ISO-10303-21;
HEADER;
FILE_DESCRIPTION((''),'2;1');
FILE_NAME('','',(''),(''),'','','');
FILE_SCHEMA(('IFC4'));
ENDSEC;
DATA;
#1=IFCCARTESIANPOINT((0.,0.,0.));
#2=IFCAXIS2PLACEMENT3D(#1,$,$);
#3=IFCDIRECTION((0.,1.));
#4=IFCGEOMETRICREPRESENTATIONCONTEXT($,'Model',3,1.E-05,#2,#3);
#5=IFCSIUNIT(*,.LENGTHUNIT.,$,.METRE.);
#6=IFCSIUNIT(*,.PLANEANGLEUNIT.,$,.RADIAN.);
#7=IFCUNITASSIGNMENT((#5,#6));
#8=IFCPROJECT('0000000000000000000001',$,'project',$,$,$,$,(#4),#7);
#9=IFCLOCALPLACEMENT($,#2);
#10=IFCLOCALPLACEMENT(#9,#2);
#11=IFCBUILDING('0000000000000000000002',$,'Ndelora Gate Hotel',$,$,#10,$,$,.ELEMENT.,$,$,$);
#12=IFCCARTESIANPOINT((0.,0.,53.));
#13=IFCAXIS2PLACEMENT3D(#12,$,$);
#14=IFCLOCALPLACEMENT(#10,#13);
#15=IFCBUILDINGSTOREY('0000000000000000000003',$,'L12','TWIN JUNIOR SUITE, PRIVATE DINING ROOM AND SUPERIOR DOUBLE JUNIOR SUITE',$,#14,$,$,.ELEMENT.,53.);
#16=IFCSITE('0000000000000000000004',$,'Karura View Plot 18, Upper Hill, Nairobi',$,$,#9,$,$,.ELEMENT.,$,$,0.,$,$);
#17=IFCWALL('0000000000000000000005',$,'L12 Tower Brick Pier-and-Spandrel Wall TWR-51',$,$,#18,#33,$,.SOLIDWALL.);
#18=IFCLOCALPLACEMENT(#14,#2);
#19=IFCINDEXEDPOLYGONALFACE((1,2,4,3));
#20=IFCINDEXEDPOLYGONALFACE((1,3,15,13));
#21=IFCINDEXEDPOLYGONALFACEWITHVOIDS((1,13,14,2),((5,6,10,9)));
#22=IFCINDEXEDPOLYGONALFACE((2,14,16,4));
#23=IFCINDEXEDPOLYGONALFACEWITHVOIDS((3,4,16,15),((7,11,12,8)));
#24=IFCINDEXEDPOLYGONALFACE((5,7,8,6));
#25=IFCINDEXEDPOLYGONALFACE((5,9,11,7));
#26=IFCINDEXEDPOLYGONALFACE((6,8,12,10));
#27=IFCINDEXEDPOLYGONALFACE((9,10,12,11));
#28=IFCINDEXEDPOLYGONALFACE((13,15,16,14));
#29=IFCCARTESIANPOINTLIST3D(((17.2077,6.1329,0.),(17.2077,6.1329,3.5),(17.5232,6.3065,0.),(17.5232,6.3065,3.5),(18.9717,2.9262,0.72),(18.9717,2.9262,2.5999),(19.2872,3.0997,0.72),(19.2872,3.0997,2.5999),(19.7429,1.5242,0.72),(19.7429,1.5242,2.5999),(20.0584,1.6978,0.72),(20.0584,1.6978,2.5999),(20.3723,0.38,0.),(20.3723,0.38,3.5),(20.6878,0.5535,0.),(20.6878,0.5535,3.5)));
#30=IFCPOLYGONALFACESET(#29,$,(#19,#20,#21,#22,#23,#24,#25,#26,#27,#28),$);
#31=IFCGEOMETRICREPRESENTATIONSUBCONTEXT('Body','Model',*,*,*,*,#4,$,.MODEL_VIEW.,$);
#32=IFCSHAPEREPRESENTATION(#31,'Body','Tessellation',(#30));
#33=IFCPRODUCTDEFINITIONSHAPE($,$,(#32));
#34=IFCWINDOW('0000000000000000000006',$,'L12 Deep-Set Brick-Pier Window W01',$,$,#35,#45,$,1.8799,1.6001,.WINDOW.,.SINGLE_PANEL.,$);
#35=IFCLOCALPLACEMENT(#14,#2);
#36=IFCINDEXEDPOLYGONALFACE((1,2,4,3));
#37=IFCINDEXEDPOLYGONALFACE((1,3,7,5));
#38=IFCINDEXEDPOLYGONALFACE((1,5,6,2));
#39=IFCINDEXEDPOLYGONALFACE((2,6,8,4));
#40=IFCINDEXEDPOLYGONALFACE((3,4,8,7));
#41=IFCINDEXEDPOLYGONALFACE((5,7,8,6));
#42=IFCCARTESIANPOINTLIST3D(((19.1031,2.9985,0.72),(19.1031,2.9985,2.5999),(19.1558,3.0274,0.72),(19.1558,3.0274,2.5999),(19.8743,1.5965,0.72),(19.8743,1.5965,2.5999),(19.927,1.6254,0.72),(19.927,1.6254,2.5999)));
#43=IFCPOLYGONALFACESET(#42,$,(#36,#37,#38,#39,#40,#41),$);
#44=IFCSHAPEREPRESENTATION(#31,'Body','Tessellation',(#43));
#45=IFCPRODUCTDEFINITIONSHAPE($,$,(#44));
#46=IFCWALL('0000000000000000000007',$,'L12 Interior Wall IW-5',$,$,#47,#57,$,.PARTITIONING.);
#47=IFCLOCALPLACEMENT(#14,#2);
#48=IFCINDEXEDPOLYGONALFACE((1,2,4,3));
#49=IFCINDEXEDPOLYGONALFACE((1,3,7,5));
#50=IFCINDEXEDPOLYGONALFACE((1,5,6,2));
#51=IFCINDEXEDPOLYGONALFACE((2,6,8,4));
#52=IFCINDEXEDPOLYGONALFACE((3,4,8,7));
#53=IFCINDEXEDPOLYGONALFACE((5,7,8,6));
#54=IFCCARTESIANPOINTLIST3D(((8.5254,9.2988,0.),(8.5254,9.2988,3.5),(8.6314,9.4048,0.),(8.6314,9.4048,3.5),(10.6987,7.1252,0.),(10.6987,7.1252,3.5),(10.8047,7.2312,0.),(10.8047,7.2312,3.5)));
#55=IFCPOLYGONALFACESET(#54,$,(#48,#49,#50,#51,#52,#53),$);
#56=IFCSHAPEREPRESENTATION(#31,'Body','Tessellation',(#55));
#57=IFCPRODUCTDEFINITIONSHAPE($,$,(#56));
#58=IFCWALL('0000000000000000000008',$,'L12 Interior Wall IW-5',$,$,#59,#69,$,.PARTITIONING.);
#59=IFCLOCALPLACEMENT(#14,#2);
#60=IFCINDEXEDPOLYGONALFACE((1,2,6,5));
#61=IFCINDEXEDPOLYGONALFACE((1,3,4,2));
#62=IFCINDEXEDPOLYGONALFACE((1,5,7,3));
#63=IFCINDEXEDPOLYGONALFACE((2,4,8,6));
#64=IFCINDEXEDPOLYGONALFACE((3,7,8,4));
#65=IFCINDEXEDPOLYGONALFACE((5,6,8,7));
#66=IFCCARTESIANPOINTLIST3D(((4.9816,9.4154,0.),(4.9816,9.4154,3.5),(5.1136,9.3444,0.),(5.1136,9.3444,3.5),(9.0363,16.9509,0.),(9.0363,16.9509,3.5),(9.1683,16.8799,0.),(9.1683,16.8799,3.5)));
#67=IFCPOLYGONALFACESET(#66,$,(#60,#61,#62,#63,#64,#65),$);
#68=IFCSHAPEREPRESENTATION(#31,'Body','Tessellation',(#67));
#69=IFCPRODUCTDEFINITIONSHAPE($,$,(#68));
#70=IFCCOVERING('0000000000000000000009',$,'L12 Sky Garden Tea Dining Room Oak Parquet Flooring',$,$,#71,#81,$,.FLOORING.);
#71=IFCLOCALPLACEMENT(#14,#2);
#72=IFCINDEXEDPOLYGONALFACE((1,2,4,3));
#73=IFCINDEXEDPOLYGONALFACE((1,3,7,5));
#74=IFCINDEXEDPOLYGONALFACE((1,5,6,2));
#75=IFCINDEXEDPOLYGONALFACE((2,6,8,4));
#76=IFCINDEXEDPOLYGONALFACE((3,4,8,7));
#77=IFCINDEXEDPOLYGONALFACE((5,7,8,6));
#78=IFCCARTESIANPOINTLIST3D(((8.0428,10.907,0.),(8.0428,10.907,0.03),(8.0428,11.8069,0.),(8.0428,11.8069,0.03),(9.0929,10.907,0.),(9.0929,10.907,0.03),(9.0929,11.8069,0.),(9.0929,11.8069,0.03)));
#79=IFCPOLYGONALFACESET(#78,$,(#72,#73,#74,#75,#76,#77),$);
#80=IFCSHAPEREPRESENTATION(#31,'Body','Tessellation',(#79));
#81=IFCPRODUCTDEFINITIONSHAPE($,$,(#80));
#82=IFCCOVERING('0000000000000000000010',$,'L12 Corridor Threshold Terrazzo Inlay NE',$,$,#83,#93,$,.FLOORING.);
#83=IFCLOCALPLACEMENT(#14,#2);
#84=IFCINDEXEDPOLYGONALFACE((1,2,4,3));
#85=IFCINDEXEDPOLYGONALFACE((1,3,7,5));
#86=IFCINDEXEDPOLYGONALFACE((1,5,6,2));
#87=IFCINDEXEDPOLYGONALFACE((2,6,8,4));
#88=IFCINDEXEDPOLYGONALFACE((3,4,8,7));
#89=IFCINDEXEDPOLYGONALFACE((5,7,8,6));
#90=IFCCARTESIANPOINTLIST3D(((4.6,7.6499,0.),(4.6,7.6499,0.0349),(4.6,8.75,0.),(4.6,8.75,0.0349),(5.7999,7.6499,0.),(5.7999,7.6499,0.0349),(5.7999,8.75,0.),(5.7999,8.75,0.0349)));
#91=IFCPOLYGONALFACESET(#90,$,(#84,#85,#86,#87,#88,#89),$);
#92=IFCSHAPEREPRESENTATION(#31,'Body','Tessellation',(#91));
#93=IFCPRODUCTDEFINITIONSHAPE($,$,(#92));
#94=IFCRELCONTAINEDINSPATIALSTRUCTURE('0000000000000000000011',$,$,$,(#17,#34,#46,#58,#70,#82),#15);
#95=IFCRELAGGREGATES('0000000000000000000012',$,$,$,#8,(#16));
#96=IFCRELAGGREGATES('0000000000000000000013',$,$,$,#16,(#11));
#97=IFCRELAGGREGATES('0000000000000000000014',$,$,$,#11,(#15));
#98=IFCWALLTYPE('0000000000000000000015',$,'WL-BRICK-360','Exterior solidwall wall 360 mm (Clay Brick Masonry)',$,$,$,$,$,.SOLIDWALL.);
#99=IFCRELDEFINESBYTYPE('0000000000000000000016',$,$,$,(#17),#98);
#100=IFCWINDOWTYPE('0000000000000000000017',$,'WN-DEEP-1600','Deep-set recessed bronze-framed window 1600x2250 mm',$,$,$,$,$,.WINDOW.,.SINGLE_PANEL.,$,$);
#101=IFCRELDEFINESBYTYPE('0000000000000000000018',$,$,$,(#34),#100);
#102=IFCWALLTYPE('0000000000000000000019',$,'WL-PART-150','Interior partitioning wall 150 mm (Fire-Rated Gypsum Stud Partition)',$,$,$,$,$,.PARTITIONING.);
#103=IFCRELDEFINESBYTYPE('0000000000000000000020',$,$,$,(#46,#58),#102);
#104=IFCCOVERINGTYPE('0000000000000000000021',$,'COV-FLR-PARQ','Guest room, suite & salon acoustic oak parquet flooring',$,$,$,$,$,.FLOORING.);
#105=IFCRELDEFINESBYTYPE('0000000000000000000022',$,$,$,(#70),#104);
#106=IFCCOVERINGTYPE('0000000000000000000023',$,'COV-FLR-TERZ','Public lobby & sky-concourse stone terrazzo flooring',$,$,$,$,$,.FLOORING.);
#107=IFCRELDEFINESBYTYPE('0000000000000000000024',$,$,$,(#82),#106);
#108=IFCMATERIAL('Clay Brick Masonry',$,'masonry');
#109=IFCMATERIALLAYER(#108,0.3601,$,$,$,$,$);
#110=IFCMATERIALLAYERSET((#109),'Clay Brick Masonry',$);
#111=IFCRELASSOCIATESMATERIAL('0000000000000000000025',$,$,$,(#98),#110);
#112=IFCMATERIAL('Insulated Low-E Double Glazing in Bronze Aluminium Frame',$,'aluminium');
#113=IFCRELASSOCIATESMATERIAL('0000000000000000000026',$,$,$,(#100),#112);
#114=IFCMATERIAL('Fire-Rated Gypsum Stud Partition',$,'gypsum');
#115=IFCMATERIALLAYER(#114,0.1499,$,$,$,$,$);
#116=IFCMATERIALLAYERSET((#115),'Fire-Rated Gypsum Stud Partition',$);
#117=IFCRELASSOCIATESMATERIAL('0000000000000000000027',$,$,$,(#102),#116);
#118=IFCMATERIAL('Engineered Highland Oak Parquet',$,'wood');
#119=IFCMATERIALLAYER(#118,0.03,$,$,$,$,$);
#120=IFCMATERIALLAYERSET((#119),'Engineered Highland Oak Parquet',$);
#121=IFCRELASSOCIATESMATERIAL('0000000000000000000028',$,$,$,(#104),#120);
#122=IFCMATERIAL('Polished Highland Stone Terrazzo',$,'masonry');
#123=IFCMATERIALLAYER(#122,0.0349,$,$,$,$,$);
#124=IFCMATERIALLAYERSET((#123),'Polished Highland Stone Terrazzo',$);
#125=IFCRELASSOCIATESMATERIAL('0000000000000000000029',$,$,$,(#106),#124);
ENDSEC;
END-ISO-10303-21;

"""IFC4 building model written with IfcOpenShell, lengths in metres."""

from ifc_helpers import new_model, si_unit, direction, frame, frame_2d, origin, origin_2d, place, context, subcontext, project, spatial, rectangle, extrude, material, layer, layer_set, type_object, element, fill, save


model = new_model("IFC4")

# Units and contexts
model_context = context("Model", 3, precision=1e-05, world=origin(), true_north=direction((0.0, 1.0)))
body_context = subcontext(model_context, "Body", "Model", "MODEL_VIEW")
ifc_project = project(units=[si_unit("LENGTHUNIT", "METRE"), si_unit("PLANEANGLEUNIT", "RADIAN")], contexts=[model_context])

# Site, building, storey
site_placement = place(None, origin())
site = spatial("IfcSite", under=ifc_project, at=site_placement, Name="Karura View Plot 18, Upper Hill, Nairobi", CompositionType="ELEMENT", RefElevation=0.0)
building_placement = place(site_placement, origin())
building = spatial("IfcBuilding", under=site, at=building_placement, Name="Ndelora Gate Hotel", CompositionType="ELEMENT")
storey_placement = place(building_placement, frame((0.0, 0.0, 53.0)))
storey = spatial("IfcBuildingStorey", under=building, at=storey_placement, Name="L12", Description="TWIN JUNIOR SUITE, PRIVATE DINING ROOM AND SUPERIOR DOUBLE JUNIOR SUITE", CompositionType="ELEMENT", Elevation=53.0)

# Shared definitions
ifc_material_1 = material(Name="Clay Brick Masonry", Category="masonry")
ifc_layer_1 = layer(ifc_material_1, 0.3601)
ifc_layer_set_1 = layer_set([ifc_layer_1], Name="Clay Brick Masonry")
wall_type_1 = type_object("IfcWallType", Name="WL-BRICK-360", Description="Exterior solidwall wall 360 mm (Clay Brick Masonry)", PredefinedType="SOLIDWALL", material=ifc_layer_set_1)

# Wall, opening, window
wall_1_placement = place(storey_placement, frame((17.3655, 6.2197, 0.0), z_axis=(0.0, 0.0, 1.0), x_axis=(0.48197, -0.876188, 0.0)))
wall_1 = element("IfcWall", 1, at=wall_1_placement, inside=storey, type_object=wall_type_1, Name="L12 Tower Brick Pier-and-Spandrel Wall TWR-51", PredefinedType="SOLIDWALL", context=body_context, shape_type="SweptSolid", body=[
    extrude(rectangle(XDim=6.5659, YDim=0.3601, at=frame_2d((3.283, 0.0))), origin(), (0.0, 0.0, 1.0), 3.5),
])
opening_1_placement = place(wall_1_placement, frame((3.6599, 0.0, 0.72)))
opening_1 = element("IfcOpeningElement", 2, at=opening_1_placement, cuts=wall_1, PredefinedType="OPENING", context=body_context, shape_type="SweptSolid", body=[
    extrude(rectangle(XDim=1.6001, YDim=1.8799, at=frame_2d((0.8, 0.9399))), frame((0.0, 0.1899, 0.0), z_axis=(0.0, -1.0, 0.0), x_axis=(1.0, 0.0, 0.0)), (0.0, 0.0, 1.0), 0.3801),
])
ifc_material_2 = material(Name="Insulated Low-E Double Glazing in Bronze Aluminium Frame", Category="aluminium")
window_type = type_object("IfcWindowType", Name="WN-DEEP-1600", Description="Deep-set recessed bronze-framed window 1600x2250 mm", PartitioningType="SINGLE_PANEL", PredefinedType="WINDOW", material=ifc_material_2)
window_placement = place(opening_1_placement, origin())
window = element("IfcWindow", 3, at=window_placement, inside=storey, type_object=window_type, Name="L12 Deep-Set Brick-Pier Window W01", OverallHeight=1.8799, OverallWidth=1.6001, PartitioningType="SINGLE_PANEL", PredefinedType="WINDOW", context=body_context, shape_type="SweptSolid", body=[
    extrude(rectangle(XDim=1.6001, YDim=1.8799, at=frame_2d((0.8, 0.9399))), frame((0.0, 0.03, 0.0), z_axis=(0.0, -1.0, 0.0), x_axis=(1.0, 0.0, 0.0)), (0.0, 0.0, 1.0), 0.0601),
])
fill(opening_1, window)

# Shared definitions
ifc_material_3 = material(Name="Fire-Rated Gypsum Stud Partition", Category="gypsum")
ifc_layer_2 = layer(ifc_material_3, 0.1499)
ifc_layer_set_2 = layer_set([ifc_layer_2], Name="Fire-Rated Gypsum Stud Partition")
wall_type_2 = type_object("IfcWallType", Name="WL-PART-150", Description="Interior partitioning wall 150 mm (Fire-Rated Gypsum Stud Partition)", PredefinedType="PARTITIONING", material=ifc_layer_set_2)

# Walls
wall_2_placement = place(storey_placement, frame((8.5784, 9.3518, 0.0), z_axis=(0.0, 0.0, 1.0), x_axis=(0.707067, -0.707146, 0.0)))
element("IfcWall", 4, at=wall_2_placement, inside=storey, type_object=wall_type_2, Name="L12 Interior Wall IW-5", PredefinedType="PARTITIONING", context=body_context, shape_type="SweptSolid", body=[
    extrude(rectangle(XDim=3.0737, YDim=0.1499, at=frame_2d((1.5369, 0.0))), origin(), (0.0, 0.0, 1.0), 3.5),
])
wall_3_placement = place(storey_placement, frame((5.0476, 9.3799, 0.0), z_axis=(0.0, 0.0, 1.0), x_axis=(0.473843, 0.880609, 0.0)))
element("IfcWall", 5, at=wall_3_placement, inside=storey, type_object=wall_type_2, Name="L12 Interior Wall IW-5", PredefinedType="PARTITIONING", context=body_context, shape_type="SweptSolid", body=[
    extrude(rectangle(XDim=8.5571, YDim=0.1499, at=frame_2d((4.2786, 0.0))), origin(), (0.0, 0.0, 1.0), 3.5),
])

# Coverings
ifc_material_4 = material(Name="Engineered Highland Oak Parquet", Category="wood")
ifc_layer_3 = layer(ifc_material_4, 0.03)
ifc_layer_set_3 = layer_set([ifc_layer_3], Name="Engineered Highland Oak Parquet")
covering_type_1 = type_object("IfcCoveringType", Name="COV-FLR-PARQ", Description="Guest room, suite & salon acoustic oak parquet flooring", PredefinedType="FLOORING", material=ifc_layer_set_3)
covering_1_placement = place(storey_placement, frame((8.5679, 11.3569, 0.0), z_axis=(0.0, 0.0, 1.0), x_axis=(1.0, 0.0, 0.0)))
element("IfcCovering", 6, at=covering_1_placement, inside=storey, type_object=covering_type_1, Name="L12 Sky Garden Tea Dining Room Oak Parquet Flooring", PredefinedType="FLOORING", context=body_context, shape_type="SweptSolid", body=[
    extrude(rectangle(XDim=1.05, YDim=0.8999, at=origin_2d()), origin(), (0.0, 0.0, 1.0), 0.03),
])
ifc_material_5 = material(Name="Polished Highland Stone Terrazzo", Category="masonry")
ifc_layer_4 = layer(ifc_material_5, 0.0349)
ifc_layer_set_4 = layer_set([ifc_layer_4], Name="Polished Highland Stone Terrazzo")
covering_type_2 = type_object("IfcCoveringType", Name="COV-FLR-TERZ", Description="Public lobby & sky-concourse stone terrazzo flooring", PredefinedType="FLOORING", material=ifc_layer_set_4)
covering_2_placement = place(storey_placement, frame((5.2, 8.2, 0.0), z_axis=(0.0, 0.0, 1.0), x_axis=(1.0, 0.0, 0.0)))
element("IfcCovering", 7, at=covering_2_placement, inside=storey, type_object=covering_type_2, Name="L12 Corridor Threshold Terrazzo Inlay NE", PredefinedType="FLOORING", context=body_context, shape_type="SweptSolid", body=[
    extrude(rectangle(XDim=1.2, YDim=1.1001, at=origin_2d()), origin(), (0.0, 0.0, 1.0), 0.0349),
])

save(model, "model.ifc")
